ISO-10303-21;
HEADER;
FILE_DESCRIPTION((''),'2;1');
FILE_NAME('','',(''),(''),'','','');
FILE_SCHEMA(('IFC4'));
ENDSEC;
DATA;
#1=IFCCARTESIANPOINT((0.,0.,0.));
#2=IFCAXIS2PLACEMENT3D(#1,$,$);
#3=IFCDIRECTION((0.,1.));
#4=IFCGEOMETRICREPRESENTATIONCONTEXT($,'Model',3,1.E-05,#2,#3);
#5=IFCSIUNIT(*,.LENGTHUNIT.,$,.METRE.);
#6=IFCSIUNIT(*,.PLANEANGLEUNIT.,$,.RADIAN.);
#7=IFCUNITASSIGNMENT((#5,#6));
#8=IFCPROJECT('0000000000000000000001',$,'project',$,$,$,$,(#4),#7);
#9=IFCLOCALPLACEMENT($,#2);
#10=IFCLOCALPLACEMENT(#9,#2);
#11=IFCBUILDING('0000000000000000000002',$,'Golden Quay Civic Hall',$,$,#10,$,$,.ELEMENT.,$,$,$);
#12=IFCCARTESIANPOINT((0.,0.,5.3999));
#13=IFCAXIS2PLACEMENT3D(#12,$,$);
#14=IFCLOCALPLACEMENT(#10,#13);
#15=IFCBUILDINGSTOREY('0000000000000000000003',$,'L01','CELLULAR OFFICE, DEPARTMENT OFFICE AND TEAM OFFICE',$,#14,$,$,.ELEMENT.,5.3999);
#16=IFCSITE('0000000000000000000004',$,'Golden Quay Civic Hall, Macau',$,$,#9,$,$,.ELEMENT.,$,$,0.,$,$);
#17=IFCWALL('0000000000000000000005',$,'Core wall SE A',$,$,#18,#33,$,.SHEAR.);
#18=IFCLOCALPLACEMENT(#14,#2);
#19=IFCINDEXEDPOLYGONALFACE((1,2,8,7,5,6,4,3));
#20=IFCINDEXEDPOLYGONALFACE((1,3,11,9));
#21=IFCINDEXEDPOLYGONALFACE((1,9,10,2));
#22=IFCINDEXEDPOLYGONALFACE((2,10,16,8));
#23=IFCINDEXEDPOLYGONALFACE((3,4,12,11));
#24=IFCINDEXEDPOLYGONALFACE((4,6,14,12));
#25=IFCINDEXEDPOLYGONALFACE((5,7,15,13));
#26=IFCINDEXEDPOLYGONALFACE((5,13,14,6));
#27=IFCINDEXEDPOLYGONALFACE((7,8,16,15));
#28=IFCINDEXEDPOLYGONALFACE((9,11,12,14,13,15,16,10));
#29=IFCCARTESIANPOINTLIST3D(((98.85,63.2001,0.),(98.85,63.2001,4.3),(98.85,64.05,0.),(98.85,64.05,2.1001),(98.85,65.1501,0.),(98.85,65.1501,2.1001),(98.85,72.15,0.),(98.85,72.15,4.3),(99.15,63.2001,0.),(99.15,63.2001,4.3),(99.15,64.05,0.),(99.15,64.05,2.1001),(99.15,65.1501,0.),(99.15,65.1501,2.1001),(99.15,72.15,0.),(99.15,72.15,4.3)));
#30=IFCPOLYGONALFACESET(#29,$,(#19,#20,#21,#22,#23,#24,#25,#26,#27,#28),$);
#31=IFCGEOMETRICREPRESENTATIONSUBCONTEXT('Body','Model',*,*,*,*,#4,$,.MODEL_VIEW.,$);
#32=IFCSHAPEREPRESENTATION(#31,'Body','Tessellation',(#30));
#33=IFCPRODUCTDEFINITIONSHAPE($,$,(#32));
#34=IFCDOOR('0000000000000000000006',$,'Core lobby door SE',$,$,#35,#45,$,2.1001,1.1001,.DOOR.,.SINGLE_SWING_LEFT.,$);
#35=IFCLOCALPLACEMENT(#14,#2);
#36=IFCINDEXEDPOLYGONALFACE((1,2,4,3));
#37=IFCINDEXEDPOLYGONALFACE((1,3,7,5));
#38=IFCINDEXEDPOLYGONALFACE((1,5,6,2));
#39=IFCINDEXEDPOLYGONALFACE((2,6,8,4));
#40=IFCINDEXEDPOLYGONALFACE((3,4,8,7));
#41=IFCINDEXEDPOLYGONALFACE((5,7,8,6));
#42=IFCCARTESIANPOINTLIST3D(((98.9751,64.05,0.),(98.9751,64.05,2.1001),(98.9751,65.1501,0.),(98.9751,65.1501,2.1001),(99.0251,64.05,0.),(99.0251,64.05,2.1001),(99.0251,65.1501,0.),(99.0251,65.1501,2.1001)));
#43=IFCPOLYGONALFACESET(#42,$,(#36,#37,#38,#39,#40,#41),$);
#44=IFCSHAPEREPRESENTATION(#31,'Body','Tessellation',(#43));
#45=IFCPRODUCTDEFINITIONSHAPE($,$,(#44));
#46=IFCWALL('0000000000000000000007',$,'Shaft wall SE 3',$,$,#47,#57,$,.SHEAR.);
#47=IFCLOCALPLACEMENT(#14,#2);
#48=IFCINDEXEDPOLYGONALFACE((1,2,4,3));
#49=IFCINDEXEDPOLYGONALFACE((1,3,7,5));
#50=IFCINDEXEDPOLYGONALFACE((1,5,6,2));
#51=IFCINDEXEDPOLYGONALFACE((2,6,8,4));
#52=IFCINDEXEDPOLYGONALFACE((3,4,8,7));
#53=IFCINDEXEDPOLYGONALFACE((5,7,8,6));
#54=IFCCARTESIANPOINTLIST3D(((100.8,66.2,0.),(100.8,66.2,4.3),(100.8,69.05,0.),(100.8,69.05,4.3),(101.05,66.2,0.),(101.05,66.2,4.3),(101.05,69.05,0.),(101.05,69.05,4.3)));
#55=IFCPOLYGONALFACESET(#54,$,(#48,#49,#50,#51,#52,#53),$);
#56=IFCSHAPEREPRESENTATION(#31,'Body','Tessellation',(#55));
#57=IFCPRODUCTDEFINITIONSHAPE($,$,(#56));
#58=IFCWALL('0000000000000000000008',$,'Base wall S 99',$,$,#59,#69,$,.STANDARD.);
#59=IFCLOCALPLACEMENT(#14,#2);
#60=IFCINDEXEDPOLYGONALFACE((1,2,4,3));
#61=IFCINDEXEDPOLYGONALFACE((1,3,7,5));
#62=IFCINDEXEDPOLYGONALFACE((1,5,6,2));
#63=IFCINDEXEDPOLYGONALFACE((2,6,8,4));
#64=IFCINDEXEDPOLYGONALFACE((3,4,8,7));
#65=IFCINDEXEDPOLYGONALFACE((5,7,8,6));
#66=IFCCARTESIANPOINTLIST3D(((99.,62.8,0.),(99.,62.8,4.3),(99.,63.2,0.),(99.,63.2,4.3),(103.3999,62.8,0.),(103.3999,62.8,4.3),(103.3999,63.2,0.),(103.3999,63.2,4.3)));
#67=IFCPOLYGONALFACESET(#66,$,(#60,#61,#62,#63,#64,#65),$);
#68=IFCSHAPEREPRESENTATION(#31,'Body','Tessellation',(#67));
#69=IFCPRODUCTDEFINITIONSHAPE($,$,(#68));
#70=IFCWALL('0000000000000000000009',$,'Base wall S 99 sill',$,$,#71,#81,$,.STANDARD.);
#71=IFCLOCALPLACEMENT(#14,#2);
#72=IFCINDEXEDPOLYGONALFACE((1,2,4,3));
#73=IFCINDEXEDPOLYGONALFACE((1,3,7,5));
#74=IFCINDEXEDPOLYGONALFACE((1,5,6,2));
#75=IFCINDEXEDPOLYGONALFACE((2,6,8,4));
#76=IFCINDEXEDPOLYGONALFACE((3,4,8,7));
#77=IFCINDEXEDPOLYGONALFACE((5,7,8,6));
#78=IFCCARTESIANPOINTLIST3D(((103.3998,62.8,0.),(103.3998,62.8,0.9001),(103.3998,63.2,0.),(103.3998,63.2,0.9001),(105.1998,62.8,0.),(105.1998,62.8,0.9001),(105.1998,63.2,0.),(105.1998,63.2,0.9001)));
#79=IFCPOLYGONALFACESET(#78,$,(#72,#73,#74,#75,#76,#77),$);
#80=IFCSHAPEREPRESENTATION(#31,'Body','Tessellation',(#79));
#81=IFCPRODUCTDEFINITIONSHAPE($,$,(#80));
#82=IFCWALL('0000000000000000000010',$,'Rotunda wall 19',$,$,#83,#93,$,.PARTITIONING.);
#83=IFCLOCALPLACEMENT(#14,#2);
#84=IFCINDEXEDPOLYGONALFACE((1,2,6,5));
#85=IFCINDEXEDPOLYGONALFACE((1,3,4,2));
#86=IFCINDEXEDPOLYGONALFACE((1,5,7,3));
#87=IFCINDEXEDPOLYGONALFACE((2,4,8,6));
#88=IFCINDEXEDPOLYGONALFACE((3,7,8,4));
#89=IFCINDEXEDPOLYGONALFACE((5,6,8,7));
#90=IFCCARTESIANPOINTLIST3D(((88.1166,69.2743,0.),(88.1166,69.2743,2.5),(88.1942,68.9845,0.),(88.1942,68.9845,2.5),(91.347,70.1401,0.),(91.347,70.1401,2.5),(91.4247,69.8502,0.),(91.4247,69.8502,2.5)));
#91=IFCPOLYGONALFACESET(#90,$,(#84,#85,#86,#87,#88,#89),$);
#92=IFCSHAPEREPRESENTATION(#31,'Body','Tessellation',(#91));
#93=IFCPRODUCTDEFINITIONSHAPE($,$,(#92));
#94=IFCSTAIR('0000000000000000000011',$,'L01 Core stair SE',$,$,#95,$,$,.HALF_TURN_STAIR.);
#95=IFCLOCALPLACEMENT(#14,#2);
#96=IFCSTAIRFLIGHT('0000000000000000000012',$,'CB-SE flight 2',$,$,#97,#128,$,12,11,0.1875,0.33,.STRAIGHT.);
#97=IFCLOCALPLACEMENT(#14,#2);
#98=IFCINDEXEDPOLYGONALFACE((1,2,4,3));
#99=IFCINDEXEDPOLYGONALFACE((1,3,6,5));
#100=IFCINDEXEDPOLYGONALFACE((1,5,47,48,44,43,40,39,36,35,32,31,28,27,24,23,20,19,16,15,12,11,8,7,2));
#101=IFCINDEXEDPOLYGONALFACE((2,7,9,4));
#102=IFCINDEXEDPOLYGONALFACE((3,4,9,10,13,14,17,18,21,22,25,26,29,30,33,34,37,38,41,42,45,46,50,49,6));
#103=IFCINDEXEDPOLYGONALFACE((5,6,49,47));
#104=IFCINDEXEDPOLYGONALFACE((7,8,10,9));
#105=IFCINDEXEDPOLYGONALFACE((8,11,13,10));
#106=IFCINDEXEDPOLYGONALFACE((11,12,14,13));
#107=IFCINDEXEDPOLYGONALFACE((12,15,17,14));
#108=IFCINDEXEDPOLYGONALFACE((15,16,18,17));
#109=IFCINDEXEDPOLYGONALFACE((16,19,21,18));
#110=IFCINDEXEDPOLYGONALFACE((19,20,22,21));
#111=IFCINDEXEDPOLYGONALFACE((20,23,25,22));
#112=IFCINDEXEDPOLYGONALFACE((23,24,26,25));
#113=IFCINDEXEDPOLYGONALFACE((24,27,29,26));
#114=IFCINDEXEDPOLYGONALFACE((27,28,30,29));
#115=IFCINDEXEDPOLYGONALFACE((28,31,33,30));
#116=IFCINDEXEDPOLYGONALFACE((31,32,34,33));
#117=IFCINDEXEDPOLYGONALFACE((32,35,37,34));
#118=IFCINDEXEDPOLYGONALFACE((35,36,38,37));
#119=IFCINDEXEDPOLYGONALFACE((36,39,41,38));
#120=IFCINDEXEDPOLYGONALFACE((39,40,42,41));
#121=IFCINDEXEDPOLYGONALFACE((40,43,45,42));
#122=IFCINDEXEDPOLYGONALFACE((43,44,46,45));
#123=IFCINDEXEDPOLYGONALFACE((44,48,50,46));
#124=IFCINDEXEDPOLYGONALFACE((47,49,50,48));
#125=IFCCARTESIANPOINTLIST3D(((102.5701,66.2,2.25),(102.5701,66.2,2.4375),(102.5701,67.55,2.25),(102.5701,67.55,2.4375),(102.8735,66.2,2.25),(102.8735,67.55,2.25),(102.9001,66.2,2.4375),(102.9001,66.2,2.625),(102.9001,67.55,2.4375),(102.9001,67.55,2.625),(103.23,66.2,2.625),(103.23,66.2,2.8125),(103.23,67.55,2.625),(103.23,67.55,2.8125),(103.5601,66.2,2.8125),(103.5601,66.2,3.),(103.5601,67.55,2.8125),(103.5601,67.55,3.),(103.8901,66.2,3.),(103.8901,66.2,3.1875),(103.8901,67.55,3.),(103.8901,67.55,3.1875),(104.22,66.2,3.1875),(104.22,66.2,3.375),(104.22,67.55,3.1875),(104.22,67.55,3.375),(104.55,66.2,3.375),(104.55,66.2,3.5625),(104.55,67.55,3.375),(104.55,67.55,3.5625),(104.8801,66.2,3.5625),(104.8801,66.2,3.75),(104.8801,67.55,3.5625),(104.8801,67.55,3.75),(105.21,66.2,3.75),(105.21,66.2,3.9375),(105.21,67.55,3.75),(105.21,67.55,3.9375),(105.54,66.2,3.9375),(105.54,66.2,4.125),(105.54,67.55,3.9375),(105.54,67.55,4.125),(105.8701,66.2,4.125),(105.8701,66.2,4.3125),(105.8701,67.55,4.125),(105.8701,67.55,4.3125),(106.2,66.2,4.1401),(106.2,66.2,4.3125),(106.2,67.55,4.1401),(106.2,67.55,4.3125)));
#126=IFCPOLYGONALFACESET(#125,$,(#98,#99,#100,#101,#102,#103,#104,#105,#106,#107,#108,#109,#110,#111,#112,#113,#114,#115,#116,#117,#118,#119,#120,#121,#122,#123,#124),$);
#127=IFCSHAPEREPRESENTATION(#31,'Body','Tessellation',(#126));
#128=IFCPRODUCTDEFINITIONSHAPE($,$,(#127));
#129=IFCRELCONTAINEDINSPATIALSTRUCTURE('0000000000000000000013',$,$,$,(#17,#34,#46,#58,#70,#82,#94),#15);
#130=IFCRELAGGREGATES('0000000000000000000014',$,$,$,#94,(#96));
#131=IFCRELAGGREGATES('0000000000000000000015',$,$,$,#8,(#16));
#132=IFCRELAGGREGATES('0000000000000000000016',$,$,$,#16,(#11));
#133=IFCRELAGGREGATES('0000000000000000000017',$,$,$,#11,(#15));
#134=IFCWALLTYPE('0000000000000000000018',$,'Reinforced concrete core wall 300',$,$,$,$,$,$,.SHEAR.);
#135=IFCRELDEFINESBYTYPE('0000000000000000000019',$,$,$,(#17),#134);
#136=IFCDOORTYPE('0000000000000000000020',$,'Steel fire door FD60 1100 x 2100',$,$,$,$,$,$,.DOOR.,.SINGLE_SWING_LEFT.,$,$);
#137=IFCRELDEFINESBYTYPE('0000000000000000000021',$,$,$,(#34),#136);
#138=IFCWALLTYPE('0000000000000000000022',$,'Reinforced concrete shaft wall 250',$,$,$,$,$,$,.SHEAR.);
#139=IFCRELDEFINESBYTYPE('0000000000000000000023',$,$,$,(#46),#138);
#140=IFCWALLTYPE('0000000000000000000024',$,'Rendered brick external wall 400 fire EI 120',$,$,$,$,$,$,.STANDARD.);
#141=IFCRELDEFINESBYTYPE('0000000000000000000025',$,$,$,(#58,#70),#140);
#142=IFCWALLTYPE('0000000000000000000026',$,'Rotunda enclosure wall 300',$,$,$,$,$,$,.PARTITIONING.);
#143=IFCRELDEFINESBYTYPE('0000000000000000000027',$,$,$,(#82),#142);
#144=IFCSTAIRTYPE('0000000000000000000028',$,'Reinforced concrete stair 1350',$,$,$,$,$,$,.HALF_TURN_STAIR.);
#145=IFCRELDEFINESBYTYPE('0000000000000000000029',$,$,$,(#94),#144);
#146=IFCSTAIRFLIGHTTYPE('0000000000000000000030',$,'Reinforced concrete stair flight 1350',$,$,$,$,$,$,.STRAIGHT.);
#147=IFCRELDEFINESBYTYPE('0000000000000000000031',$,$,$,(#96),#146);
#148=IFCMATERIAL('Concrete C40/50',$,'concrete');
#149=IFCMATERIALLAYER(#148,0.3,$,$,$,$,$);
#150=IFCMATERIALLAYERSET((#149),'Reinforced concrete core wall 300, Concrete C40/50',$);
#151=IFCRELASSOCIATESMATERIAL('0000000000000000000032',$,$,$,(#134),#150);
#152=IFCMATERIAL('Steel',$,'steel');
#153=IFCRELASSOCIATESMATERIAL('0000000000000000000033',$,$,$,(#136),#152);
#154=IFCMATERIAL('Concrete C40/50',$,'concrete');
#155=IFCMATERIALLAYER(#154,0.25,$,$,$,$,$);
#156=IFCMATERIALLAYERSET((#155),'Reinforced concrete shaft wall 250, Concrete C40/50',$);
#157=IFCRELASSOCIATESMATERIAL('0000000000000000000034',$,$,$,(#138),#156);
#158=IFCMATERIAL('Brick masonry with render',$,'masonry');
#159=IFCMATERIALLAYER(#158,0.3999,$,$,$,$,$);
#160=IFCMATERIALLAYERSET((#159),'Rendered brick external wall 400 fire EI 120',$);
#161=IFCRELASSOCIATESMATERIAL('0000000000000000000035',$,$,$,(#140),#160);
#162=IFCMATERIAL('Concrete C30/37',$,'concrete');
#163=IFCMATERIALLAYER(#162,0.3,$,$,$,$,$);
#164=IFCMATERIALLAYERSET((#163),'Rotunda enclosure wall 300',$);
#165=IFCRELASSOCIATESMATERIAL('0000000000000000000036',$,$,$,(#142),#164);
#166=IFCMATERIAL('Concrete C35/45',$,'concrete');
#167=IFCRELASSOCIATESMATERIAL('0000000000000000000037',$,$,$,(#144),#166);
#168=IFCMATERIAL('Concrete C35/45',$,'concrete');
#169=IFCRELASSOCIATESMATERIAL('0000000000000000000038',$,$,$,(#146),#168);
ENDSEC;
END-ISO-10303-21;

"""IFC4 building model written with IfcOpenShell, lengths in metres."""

from ifc_helpers import new_model, si_unit, direction, frame, frame_2d, origin, place, context, subcontext, project, spatial, polyline, rectangle, outline, extrude, material, layer, layer_set, type_object, element, fill, aggregate, save


model = new_model("IFC4")

# Units and contexts
model_context = context("Model", 3, precision=1e-05, world=origin(), true_north=direction((0.0, 1.0)))
body_context = subcontext(model_context, "Body", "Model", "MODEL_VIEW")
ifc_project = project(units=[si_unit("LENGTHUNIT", "METRE"), si_unit("PLANEANGLEUNIT", "RADIAN")], contexts=[model_context])

# Site, building, storey
site_placement = place(None, origin())
site = spatial("IfcSite", under=ifc_project, at=site_placement, Name="Golden Quay Civic Hall, Macau", CompositionType="ELEMENT", RefElevation=0.0)
building_placement = place(site_placement, origin())
building = spatial("IfcBuilding", under=site, at=building_placement, Name="Golden Quay Civic Hall", CompositionType="ELEMENT")
storey_placement = place(building_placement, frame((0.0, 0.0, 5.3999)))
storey = spatial("IfcBuildingStorey", under=building, at=storey_placement, Name="L01", Description="CELLULAR OFFICE, DEPARTMENT OFFICE AND TEAM OFFICE", CompositionType="ELEMENT", Elevation=5.3999)

# Wall, opening, door
ifc_material_1 = material(Name="Concrete C40/50", Category="concrete")
ifc_layer_1 = layer(ifc_material_1, 0.3)
ifc_layer_set_1 = layer_set([ifc_layer_1], Name="Reinforced concrete core wall 300, Concrete C40/50")
wall_type_1 = type_object("IfcWallType", Name="Reinforced concrete core wall 300", PredefinedType="SHEAR", material=ifc_layer_set_1)
wall_1_placement = place(storey_placement, frame((99.0, 63.2, 0.0), z_axis=(0.0, 0.0, 1.0), x_axis=(0.0, 1.0, 0.0)))
wall_1 = element("IfcWall", 1, at=wall_1_placement, inside=storey, type_object=wall_type_1, Name="Core wall SE A", PredefinedType="SHEAR", context=body_context, shape_type="SweptSolid", body=[
    extrude(rectangle(XDim=8.95, YDim=0.3, at=frame_2d((4.4751, 0.0))), origin(), (0.0, 0.0, 1.0), 4.3),
])
opening_1_placement = place(wall_1_placement, frame((0.8501, 0.0, 0.0)))
opening_1 = element("IfcOpeningElement", 2, at=opening_1_placement, cuts=wall_1, PredefinedType="OPENING", context=body_context, shape_type="SweptSolid", body=[
    extrude(rectangle(XDim=1.1001, YDim=2.1001, at=frame_2d((0.55, 1.05))), frame((0.0, 0.1599, 0.0), z_axis=(0.0, -1.0, 0.0), x_axis=(1.0, 0.0, 0.0)), (0.0, 0.0, 1.0), 0.3201),
])
ifc_material_2 = material(Name="Steel", Category="steel")
door_type_1 = type_object("IfcDoorType", Name="Steel fire door FD60 1100 x 2100", OperationType="SINGLE_SWING_LEFT", PredefinedType="DOOR", material=ifc_material_2)
door_1_placement = place(opening_1_placement, origin())
door_1 = element("IfcDoor", 3, at=door_1_placement, inside=storey, type_object=door_type_1, Name="Core lobby door SE", OperationType="SINGLE_SWING_LEFT", OverallHeight=2.1001, OverallWidth=1.1001, PredefinedType="DOOR", context=body_context, shape_type="SweptSolid", body=[
    extrude(rectangle(XDim=1.1001, YDim=2.1001, at=frame_2d((0.55, 1.05))), frame((0.0, 0.0249, 0.0), z_axis=(0.0, -1.0, 0.0), x_axis=(1.0, 0.0, 0.0)), (0.0, 0.0, 1.0), 0.05),
])
fill(opening_1, door_1)

# Walls
ifc_material_3 = material(Name="Concrete C40/50", Category="concrete")
ifc_layer_2 = layer(ifc_material_3, 0.25)
ifc_layer_set_2 = layer_set([ifc_layer_2], Name="Reinforced concrete shaft wall 250, Concrete C40/50")
wall_type_2 = type_object("IfcWallType", Name="Reinforced concrete shaft wall 250", PredefinedType="SHEAR", material=ifc_layer_set_2)
wall_2_placement = place(storey_placement, frame((100.925, 66.2, 0.0), z_axis=(0.0, 0.0, 1.0), x_axis=(0.0, 1.0, 0.0)))
element("IfcWall", 4, at=wall_2_placement, inside=storey, type_object=wall_type_2, Name="Shaft wall SE 3", PredefinedType="SHEAR", context=body_context, shape_type="SweptSolid", body=[
    extrude(rectangle(XDim=2.8501, YDim=0.25, at=frame_2d((1.425, 0.0))), origin(), (0.0, 0.0, 1.0), 4.3),
])
ifc_material_4 = material(Name="Brick masonry with render", Category="masonry")
ifc_layer_3 = layer(ifc_material_4, 0.3999)
ifc_layer_set_3 = layer_set([ifc_layer_3], Name="Rendered brick external wall 400 fire EI 120")
wall_type_3 = type_object("IfcWallType", Name="Rendered brick external wall 400 fire EI 120", PredefinedType="STANDARD", material=ifc_layer_set_3)
wall_3_placement = place(storey_placement, frame((99.0, 63.0, 0.0), z_axis=(0.0, 0.0, 1.0), x_axis=(1.0, 0.0, 0.0)))
element("IfcWall", 5, at=wall_3_placement, inside=storey, type_object=wall_type_3, Name="Base wall S 99", PredefinedType="STANDARD", context=body_context, shape_type="SweptSolid", body=[
    extrude(rectangle(XDim=4.3999, YDim=0.3999, at=frame_2d((2.2, 0.0))), origin(), (0.0, 0.0, 1.0), 4.3),
])
wall_4_placement = place(storey_placement, frame((103.3999, 63.0, 0.0), z_axis=(0.0, 0.0, 1.0), x_axis=(1.0, 0.0, 0.0)))
element("IfcWall", 6, at=wall_4_placement, inside=storey, type_object=wall_type_3, Name="Base wall S 99 sill", PredefinedType="STANDARD", context=body_context, shape_type="SweptSolid", body=[
    extrude(rectangle(XDim=1.8, YDim=0.3999, at=frame_2d((0.8999, 0.0))), origin(), (0.0, 0.0, 1.0), 0.9001),
])
ifc_material_5 = material(Name="Concrete C30/37", Category="concrete")
ifc_layer_4 = layer(ifc_material_5, 0.3)
ifc_layer_set_4 = layer_set([ifc_layer_4], Name="Rotunda enclosure wall 300")
wall_type_4 = type_object("IfcWallType", Name="Rotunda enclosure wall 300", PredefinedType="PARTITIONING", material=ifc_layer_set_4)
wall_5_placement = place(storey_placement, frame((88.1553, 69.1294, 0.0), z_axis=(0.0, 0.0, 1.0), x_axis=(0.965917, 0.258853, 0.0)))
element("IfcWall", 7, at=wall_5_placement, inside=storey, type_object=wall_type_4, Name="Rotunda wall 19", PredefinedType="PARTITIONING", context=body_context, shape_type="SweptSolid", body=[
    extrude(rectangle(XDim=3.3445, YDim=0.3, at=frame_2d((1.6724, 0.0))), origin(), (0.0, 0.0, 1.0), 2.5),
])

# Stair, stair flight
ifc_material_6 = material(Name="Concrete C35/45", Category="concrete")
stair_type = type_object("IfcStairType", Name="Reinforced concrete stair 1350", PredefinedType="HALF_TURN_STAIR", material=ifc_material_6)
stair_placement = place(storey_placement, origin())
stair = element("IfcStair", 8, at=stair_placement, inside=storey, type_object=stair_type, Name="L01 Core stair SE", PredefinedType="HALF_TURN_STAIR")
ifc_material_7 = material(Name="Concrete C35/45", Category="concrete")
stair_flight_type = type_object("IfcStairFlightType", Name="Reinforced concrete stair flight 1350", PredefinedType="STRAIGHT", material=ifc_material_7)
stair_flight_placement = place(storey_placement, frame((102.5701, 66.875, 2.25), z_axis=(0.0, 0.0, 1.0), x_axis=(1.0, 0.0, 0.0)))
stair_flight = element("IfcStairFlight", 9, at=stair_flight_placement, type_object=stair_flight_type, Name="CB-SE flight 2", NumberOfRisers=12, NumberOfTreads=11, PredefinedType="STRAIGHT", RiserHeight=0.1875, TreadLength=0.33, context=body_context, shape_type="SweptSolid", body=[
    extrude(outline(polyline([(0.0, 0.0), (0.0, 0.1875), (0.3301, 0.1875), (0.3301, 0.375), (0.6599, 0.375), (0.6599, 0.5625), (0.99, 0.5625), (0.99, 0.75), (1.3201, 0.75), (1.3201, 0.9375), (1.6499, 0.9375), (1.6499, 1.125), (1.98, 1.125), (1.98, 1.3125), (2.3101, 1.3125), (2.3101, 1.5), (2.6399, 1.5), (2.6399, 1.6875), (2.97, 1.6875), (2.97, 1.875), (3.3, 1.875), (3.3, 2.0625), (3.6299, 2.0625), (3.6299, 2.25), (3.6299, 1.8901), (0.3035, 0.0), (0.0, 0.0)])), frame((0.0, 0.675, 0.0), z_axis=(0.0, -1.0, 0.0), x_axis=(1.0, 0.0, 0.0)), (0.0, 0.0, 1.0), 1.35),
])
aggregate(stair, [stair_flight])

save(model, "model.ifc")
